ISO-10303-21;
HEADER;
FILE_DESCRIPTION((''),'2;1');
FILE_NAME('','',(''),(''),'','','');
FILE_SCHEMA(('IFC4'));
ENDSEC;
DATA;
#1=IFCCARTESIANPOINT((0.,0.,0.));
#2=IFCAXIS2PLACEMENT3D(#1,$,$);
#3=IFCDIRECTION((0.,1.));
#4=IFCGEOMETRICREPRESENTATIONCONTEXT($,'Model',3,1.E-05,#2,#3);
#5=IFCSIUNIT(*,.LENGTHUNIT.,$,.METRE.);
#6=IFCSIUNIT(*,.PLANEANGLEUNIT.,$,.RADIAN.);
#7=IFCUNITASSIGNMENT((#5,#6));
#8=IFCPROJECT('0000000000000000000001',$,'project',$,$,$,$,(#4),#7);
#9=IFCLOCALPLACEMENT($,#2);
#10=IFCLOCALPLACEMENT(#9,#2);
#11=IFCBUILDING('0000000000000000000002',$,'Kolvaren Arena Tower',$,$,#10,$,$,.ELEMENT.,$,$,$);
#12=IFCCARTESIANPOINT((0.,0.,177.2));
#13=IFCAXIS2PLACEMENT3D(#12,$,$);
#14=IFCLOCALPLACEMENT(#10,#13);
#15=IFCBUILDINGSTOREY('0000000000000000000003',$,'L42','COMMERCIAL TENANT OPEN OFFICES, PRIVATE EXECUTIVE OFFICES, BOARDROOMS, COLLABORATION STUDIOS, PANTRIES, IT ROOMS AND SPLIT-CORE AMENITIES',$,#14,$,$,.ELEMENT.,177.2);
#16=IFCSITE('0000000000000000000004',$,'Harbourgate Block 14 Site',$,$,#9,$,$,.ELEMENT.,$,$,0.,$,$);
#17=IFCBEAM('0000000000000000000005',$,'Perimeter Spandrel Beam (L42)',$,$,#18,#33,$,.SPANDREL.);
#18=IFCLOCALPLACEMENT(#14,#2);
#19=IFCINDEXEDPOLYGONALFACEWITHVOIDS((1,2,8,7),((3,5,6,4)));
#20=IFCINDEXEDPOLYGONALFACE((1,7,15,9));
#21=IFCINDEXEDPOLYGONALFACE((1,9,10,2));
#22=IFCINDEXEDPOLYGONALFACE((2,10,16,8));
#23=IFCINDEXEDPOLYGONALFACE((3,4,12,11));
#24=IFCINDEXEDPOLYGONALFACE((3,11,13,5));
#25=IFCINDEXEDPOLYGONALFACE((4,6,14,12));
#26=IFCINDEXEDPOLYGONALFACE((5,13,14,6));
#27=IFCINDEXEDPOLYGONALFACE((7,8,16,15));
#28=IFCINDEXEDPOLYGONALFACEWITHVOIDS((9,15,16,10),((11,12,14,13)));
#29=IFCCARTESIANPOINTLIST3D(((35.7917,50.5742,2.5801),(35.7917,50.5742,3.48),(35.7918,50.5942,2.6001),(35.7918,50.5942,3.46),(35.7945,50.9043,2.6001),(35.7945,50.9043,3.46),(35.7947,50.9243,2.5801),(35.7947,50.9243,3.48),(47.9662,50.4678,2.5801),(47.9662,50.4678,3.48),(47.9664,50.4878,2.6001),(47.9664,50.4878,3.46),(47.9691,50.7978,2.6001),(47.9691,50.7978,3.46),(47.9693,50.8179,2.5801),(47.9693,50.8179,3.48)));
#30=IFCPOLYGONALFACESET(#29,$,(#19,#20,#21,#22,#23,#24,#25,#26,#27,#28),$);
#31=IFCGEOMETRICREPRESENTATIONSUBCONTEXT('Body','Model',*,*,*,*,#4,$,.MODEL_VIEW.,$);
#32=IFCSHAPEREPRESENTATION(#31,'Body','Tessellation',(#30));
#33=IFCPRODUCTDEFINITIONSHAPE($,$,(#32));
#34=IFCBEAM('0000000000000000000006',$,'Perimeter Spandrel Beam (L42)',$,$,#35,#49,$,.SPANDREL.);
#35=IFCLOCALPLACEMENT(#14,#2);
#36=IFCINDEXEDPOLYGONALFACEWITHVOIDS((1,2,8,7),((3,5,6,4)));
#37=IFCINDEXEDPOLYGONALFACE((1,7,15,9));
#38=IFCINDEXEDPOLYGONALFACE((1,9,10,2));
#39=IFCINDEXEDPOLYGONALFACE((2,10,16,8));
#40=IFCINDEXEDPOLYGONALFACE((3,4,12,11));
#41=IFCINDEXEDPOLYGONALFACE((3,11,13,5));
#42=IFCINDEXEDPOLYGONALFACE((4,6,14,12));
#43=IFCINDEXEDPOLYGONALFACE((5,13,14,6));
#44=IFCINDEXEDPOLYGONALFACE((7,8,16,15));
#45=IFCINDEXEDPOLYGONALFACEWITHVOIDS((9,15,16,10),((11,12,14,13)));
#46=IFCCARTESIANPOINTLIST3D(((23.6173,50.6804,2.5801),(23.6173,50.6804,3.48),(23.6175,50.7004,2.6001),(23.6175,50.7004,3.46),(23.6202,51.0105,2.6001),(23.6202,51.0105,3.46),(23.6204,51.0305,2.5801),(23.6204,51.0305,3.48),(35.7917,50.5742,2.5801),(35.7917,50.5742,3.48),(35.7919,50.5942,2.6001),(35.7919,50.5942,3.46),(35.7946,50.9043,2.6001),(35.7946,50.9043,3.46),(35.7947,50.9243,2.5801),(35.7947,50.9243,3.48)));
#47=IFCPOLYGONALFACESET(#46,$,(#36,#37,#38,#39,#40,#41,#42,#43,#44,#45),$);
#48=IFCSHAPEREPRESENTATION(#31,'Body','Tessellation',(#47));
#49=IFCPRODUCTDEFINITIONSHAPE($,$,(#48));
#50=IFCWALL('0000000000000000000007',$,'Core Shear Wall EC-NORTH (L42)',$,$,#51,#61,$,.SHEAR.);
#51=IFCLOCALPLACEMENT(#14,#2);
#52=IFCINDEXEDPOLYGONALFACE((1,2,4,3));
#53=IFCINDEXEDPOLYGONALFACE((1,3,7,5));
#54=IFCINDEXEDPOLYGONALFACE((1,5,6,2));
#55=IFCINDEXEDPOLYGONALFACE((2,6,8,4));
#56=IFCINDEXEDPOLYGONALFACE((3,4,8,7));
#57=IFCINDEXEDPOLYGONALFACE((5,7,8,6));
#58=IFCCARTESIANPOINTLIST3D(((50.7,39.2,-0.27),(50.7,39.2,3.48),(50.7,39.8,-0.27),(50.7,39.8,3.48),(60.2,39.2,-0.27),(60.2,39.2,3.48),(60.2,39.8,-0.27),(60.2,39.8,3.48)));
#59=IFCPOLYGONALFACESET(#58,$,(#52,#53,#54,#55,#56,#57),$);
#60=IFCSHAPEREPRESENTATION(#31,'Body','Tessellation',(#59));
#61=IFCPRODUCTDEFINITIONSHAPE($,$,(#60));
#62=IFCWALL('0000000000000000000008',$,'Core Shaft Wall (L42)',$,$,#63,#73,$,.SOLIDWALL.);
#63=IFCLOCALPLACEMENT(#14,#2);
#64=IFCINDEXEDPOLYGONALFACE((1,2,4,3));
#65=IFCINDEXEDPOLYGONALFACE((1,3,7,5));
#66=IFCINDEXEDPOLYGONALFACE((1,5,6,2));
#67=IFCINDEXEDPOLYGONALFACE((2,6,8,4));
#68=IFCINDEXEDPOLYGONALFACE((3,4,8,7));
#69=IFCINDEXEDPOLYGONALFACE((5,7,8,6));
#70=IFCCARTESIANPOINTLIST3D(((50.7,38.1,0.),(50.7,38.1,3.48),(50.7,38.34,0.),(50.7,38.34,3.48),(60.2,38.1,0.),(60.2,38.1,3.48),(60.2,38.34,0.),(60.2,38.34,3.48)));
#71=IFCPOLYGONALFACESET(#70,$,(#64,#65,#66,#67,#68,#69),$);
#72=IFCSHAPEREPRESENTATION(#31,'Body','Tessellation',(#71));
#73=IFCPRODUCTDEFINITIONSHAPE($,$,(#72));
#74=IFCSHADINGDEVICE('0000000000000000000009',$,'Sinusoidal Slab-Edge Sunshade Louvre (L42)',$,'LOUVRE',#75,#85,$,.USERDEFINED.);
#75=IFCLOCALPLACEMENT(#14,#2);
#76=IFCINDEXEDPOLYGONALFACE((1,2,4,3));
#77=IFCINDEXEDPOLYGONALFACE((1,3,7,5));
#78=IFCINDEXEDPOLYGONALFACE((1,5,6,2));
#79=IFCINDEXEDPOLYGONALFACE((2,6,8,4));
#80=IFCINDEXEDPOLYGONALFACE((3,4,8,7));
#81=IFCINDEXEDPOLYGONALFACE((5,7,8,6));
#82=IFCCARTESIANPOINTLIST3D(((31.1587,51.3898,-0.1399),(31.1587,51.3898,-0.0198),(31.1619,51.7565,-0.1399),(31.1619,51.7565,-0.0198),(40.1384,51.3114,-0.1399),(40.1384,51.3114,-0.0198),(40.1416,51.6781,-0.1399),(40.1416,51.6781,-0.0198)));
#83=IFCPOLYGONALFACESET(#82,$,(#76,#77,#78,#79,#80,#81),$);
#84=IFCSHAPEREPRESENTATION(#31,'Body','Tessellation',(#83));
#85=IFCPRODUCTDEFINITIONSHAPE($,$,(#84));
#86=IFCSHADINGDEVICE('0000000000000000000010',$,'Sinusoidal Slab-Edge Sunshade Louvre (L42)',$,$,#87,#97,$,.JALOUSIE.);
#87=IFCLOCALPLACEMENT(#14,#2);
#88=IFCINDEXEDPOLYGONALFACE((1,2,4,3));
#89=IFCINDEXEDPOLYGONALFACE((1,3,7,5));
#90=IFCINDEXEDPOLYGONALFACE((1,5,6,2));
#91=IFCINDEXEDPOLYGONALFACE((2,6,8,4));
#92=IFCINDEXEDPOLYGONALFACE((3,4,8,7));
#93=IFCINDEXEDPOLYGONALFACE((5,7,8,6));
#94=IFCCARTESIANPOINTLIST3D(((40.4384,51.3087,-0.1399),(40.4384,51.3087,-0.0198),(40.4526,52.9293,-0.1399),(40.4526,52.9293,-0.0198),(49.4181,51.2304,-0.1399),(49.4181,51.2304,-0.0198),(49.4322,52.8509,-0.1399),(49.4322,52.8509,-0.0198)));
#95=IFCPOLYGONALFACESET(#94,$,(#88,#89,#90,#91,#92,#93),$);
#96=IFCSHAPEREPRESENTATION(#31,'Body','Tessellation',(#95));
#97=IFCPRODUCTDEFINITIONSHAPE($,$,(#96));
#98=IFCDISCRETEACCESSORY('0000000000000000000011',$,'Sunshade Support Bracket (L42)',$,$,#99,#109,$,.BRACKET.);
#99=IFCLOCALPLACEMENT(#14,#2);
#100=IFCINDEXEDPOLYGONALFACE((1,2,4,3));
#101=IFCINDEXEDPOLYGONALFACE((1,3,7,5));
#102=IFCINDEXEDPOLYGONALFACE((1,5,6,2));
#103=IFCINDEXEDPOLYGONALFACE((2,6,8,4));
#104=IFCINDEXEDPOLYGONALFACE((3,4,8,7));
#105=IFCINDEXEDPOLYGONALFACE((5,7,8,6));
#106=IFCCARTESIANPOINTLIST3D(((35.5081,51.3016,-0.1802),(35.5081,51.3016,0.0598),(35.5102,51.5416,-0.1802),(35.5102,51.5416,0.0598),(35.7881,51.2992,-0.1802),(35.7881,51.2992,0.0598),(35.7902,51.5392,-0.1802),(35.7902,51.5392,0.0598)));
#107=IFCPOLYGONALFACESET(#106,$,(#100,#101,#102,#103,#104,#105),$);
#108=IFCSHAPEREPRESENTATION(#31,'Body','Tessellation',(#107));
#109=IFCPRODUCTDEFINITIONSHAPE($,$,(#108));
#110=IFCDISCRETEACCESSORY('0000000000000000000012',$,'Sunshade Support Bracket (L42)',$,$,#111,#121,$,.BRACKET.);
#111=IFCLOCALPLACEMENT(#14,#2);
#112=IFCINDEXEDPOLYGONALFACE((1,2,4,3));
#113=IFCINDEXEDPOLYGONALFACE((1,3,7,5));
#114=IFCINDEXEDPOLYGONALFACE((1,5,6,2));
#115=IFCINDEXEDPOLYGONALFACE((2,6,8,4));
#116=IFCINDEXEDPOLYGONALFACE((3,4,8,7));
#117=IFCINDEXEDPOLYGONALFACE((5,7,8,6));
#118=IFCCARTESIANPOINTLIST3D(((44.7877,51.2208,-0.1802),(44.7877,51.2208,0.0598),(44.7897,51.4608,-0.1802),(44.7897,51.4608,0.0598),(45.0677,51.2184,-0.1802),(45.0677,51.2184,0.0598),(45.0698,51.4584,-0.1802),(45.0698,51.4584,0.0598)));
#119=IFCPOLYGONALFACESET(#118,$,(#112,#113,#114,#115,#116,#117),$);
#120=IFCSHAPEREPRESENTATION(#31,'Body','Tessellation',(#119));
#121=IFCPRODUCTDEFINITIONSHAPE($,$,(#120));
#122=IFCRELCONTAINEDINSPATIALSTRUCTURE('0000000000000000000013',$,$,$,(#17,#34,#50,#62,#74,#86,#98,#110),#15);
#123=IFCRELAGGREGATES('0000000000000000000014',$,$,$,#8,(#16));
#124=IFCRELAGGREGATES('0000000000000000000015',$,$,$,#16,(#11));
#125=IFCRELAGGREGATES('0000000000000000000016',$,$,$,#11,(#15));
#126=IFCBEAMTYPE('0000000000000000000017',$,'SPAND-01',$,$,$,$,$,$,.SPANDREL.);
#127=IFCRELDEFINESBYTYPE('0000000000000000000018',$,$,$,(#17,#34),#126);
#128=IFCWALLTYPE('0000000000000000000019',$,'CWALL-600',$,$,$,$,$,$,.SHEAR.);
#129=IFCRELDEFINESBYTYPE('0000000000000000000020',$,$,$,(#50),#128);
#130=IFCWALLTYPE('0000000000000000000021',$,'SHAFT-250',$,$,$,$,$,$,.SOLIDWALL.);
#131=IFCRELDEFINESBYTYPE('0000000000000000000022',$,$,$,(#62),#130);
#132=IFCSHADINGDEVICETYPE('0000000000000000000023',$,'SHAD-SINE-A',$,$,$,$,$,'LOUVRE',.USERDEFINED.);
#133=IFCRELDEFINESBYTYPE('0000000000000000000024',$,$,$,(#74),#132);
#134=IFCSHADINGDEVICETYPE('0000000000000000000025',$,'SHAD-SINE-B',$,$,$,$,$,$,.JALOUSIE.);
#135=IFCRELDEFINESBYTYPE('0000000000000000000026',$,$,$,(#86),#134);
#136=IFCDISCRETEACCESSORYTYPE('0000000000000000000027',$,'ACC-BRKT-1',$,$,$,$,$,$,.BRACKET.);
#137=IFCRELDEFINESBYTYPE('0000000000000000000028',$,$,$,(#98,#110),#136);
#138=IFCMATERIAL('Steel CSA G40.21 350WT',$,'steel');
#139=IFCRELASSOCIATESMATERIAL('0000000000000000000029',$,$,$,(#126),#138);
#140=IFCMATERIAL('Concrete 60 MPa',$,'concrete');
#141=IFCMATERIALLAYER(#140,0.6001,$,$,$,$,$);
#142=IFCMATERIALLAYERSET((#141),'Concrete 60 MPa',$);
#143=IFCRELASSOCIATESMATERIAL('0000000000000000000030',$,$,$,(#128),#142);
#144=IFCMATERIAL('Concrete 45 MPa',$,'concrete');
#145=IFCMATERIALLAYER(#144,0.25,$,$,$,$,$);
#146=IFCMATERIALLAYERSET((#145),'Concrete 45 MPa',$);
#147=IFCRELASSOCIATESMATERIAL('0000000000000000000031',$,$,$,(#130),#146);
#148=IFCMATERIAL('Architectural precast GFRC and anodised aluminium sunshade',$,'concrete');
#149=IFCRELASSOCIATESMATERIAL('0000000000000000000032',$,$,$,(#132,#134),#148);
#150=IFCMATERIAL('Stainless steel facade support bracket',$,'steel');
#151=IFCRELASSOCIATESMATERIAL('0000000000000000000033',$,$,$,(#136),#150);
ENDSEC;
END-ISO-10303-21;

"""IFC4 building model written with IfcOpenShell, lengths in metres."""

from ifc_helpers import new_model, si_unit, direction, frame, frame_2d, origin, origin_2d, place, context, subcontext, project, spatial, rectangle, hollow_rectangle, extrude, material, layer, layer_set, material_profile, profile_set, type_object, element, save


model = new_model("IFC4")

# Units and contexts
model_context = context("Model", 3, precision=1e-05, world=origin(), true_north=direction((0.0, 1.0)))
body_context = subcontext(model_context, "Body", "Model", "MODEL_VIEW")
ifc_project = project(units=[si_unit("LENGTHUNIT", "METRE"), si_unit("PLANEANGLEUNIT", "RADIAN")], contexts=[model_context])

# Site, building, storey
site_placement = place(None, origin())
site = spatial("IfcSite", under=ifc_project, at=site_placement, Name="Harbourgate Block 14 Site", CompositionType="ELEMENT", RefElevation=0.0)
building_placement = place(site_placement, origin())
building = spatial("IfcBuilding", under=site, at=building_placement, Name="Kolvaren Arena Tower", CompositionType="ELEMENT")
storey_placement = place(building_placement, frame((0.0, 0.0, 177.2)))
storey = spatial("IfcBuildingStorey", under=building, at=storey_placement, Name="L42", Description="COMMERCIAL TENANT OPEN OFFICES, PRIVATE EXECUTIVE OFFICES, BOARDROOMS, COLLABORATION STUDIOS, PANTRIES, IT ROOMS AND SPLIT-CORE AMENITIES", CompositionType="ELEMENT", Elevation=177.2)

# Beams
ifc_material_1 = material(Name="Steel CSA G40.21 350WT", Category="steel")
ifc_material_profile_1 = material_profile(ifc_material_1, hollow_rectangle(XDim=0.3501, YDim=0.8999, WallThickness=0.02, at=origin_2d()), Name="HSS 900x350x20")
ifc_profile_set_1 = profile_set([ifc_material_profile_1], Name="Steel CSA G40.21 350WT")
beam_type_1 = type_object("IfcBeamType", Name="SPAND-01", PredefinedType="SPANDREL", material=ifc_profile_set_1)
beam_1_placement = place(storey_placement, frame((47.9678, 50.6428, 3.03), z_axis=(-0.999962, 0.008743, 0.0), x_axis=(-0.008743, -0.999962, 0.0)))
element("IfcBeam", 1, at=beam_1_placement, inside=storey, type_object=beam_type_1, Name="Perimeter Spandrel Beam (L42)", PredefinedType="SPANDREL", context=body_context, shape_type="SweptSolid", body=[
    extrude(hollow_rectangle(XDim=0.3501, YDim=0.8999, WallThickness=0.02, at=origin_2d()), origin(), (0.0, 0.0, 1.0), 12.175),
])
beam_2_placement = place(storey_placement, frame((35.7932, 50.7493, 3.03), z_axis=(-0.999962, 0.008723, 0.0), x_axis=(-0.008723, -0.999962, 0.0)))
element("IfcBeam", 2, at=beam_2_placement, inside=storey, type_object=beam_type_1, Name="Perimeter Spandrel Beam (L42)", PredefinedType="SPANDREL", context=body_context, shape_type="SweptSolid", body=[
    extrude(hollow_rectangle(XDim=0.3501, YDim=0.8999, WallThickness=0.02, at=origin_2d()), origin(), (0.0, 0.0, 1.0), 12.1748),
])

# Walls
ifc_material_2 = material(Name="Concrete 60 MPa", Category="concrete")
ifc_layer_1 = layer(ifc_material_2, 0.6001)
ifc_layer_set_1 = layer_set([ifc_layer_1], Name="Concrete 60 MPa")
wall_type_1 = type_object("IfcWallType", Name="CWALL-600", PredefinedType="SHEAR", material=ifc_layer_set_1)
wall_1_placement = place(storey_placement, frame((50.7, 39.5, -0.27), z_axis=(0.0, 0.0, 1.0), x_axis=(1.0, 0.0, 0.0)))
element("IfcWall", 3, at=wall_1_placement, inside=storey, type_object=wall_type_1, Name="Core Shear Wall EC-NORTH (L42)", PredefinedType="SHEAR", context=body_context, shape_type="SweptSolid", body=[
    extrude(rectangle(XDim=9.5, YDim=0.6001, at=frame_2d((4.75, 0.0))), origin(), (0.0, 0.0, 1.0), 3.75),
])
ifc_material_3 = material(Name="Concrete 45 MPa", Category="concrete")
ifc_layer_2 = layer(ifc_material_3, 0.25)
ifc_layer_set_2 = layer_set([ifc_layer_2], Name="Concrete 45 MPa")
wall_type_2 = type_object("IfcWallType", Name="SHAFT-250", PredefinedType="SOLIDWALL", material=ifc_layer_set_2)
wall_2_placement = place(storey_placement, frame((50.7, 38.22, 0.0), z_axis=(0.0, 0.0, 1.0), x_axis=(1.0, 0.0, 0.0)))
element("IfcWall", 4, at=wall_2_placement, inside=storey, type_object=wall_type_2, Name="Core Shaft Wall (L42)", PredefinedType="SOLIDWALL", context=body_context, shape_type="SweptSolid", body=[
    extrude(rectangle(XDim=9.5, YDim=0.24, at=frame_2d((4.75, 0.0))), origin(), (0.0, 0.0, 1.0), 3.48),
])

# Shading devices
ifc_material_4 = material(Name="Architectural precast GFRC and anodised aluminium sunshade", Category="concrete")
shading_device_type_1 = type_object("IfcShadingDeviceType", Name="SHAD-SINE-A", ElementType="LOUVRE", PredefinedType="USERDEFINED", material=ifc_material_4)
shading_device_1_placement = place(storey_placement, frame((35.6501, 51.5339, -0.1399), z_axis=(0.0, 0.0, 1.0), x_axis=(0.999962, -0.008727, 0.0)))
element("IfcShadingDevice", 5, at=shading_device_1_placement, inside=storey, type_object=shading_device_type_1, Name="Sinusoidal Slab-Edge Sunshade Louvre (L42)", ObjectType="LOUVRE", PredefinedType="USERDEFINED", context=body_context, shape_type="SweptSolid", body=[
    extrude(rectangle(XDim=8.98, YDim=0.3667, at=origin_2d()), origin(), (0.0, 0.0, 1.0), 0.1201),
])
shading_device_type_2 = type_object("IfcShadingDeviceType", Name="SHAD-SINE-B", PredefinedType="JALOUSIE", material=ifc_material_4)
shading_device_2_placement = place(storey_placement, frame((44.9353, 52.0798, -0.1399), z_axis=(0.0, 0.0, 1.0), x_axis=(0.999962, -0.008727, 0.0)))
element("IfcShadingDevice", 6, at=shading_device_2_placement, inside=storey, type_object=shading_device_type_2, Name="Sinusoidal Slab-Edge Sunshade Louvre (L42)", PredefinedType="JALOUSIE", context=body_context, shape_type="SweptSolid", body=[
    extrude(rectangle(XDim=8.98, YDim=1.6206, at=origin_2d()), origin(), (0.0, 0.0, 1.0), 0.1201),
])

# Discrete accessories
ifc_material_5 = material(Name="Stainless steel facade support bracket", Category="steel")
discrete_accessory_type = type_object("IfcDiscreteAccessoryType", Name="ACC-BRKT-1", PredefinedType="BRACKET", material=ifc_material_5)
for number, where, z_axis, x_axis, name in (
    (7, (35.6492, 51.4204, -0.1802), (0.0, 0.0, 1.0), (0.999962, -0.008727, 0.0), "Sunshade Support Bracket (L42)"),
    (8, (44.9287, 51.3396, -0.1802), (0.0, 0.0, 1.0), (0.999962, -0.008727, 0.0), "Sunshade Support Bracket (L42)"),
):
    element("IfcDiscreteAccessory", number, at=place(storey_placement, frame(where, z_axis=z_axis, x_axis=x_axis)), inside=storey, type_object=discrete_accessory_type, Name=name, PredefinedType="BRACKET", context=body_context, shape_type="SweptSolid", body=[
        extrude(rectangle(XDim=0.28, YDim=0.24, at=origin_2d()), origin(), (0.0, 0.0, 1.0), 0.24),
    ])

save(model, "model.ifc")
